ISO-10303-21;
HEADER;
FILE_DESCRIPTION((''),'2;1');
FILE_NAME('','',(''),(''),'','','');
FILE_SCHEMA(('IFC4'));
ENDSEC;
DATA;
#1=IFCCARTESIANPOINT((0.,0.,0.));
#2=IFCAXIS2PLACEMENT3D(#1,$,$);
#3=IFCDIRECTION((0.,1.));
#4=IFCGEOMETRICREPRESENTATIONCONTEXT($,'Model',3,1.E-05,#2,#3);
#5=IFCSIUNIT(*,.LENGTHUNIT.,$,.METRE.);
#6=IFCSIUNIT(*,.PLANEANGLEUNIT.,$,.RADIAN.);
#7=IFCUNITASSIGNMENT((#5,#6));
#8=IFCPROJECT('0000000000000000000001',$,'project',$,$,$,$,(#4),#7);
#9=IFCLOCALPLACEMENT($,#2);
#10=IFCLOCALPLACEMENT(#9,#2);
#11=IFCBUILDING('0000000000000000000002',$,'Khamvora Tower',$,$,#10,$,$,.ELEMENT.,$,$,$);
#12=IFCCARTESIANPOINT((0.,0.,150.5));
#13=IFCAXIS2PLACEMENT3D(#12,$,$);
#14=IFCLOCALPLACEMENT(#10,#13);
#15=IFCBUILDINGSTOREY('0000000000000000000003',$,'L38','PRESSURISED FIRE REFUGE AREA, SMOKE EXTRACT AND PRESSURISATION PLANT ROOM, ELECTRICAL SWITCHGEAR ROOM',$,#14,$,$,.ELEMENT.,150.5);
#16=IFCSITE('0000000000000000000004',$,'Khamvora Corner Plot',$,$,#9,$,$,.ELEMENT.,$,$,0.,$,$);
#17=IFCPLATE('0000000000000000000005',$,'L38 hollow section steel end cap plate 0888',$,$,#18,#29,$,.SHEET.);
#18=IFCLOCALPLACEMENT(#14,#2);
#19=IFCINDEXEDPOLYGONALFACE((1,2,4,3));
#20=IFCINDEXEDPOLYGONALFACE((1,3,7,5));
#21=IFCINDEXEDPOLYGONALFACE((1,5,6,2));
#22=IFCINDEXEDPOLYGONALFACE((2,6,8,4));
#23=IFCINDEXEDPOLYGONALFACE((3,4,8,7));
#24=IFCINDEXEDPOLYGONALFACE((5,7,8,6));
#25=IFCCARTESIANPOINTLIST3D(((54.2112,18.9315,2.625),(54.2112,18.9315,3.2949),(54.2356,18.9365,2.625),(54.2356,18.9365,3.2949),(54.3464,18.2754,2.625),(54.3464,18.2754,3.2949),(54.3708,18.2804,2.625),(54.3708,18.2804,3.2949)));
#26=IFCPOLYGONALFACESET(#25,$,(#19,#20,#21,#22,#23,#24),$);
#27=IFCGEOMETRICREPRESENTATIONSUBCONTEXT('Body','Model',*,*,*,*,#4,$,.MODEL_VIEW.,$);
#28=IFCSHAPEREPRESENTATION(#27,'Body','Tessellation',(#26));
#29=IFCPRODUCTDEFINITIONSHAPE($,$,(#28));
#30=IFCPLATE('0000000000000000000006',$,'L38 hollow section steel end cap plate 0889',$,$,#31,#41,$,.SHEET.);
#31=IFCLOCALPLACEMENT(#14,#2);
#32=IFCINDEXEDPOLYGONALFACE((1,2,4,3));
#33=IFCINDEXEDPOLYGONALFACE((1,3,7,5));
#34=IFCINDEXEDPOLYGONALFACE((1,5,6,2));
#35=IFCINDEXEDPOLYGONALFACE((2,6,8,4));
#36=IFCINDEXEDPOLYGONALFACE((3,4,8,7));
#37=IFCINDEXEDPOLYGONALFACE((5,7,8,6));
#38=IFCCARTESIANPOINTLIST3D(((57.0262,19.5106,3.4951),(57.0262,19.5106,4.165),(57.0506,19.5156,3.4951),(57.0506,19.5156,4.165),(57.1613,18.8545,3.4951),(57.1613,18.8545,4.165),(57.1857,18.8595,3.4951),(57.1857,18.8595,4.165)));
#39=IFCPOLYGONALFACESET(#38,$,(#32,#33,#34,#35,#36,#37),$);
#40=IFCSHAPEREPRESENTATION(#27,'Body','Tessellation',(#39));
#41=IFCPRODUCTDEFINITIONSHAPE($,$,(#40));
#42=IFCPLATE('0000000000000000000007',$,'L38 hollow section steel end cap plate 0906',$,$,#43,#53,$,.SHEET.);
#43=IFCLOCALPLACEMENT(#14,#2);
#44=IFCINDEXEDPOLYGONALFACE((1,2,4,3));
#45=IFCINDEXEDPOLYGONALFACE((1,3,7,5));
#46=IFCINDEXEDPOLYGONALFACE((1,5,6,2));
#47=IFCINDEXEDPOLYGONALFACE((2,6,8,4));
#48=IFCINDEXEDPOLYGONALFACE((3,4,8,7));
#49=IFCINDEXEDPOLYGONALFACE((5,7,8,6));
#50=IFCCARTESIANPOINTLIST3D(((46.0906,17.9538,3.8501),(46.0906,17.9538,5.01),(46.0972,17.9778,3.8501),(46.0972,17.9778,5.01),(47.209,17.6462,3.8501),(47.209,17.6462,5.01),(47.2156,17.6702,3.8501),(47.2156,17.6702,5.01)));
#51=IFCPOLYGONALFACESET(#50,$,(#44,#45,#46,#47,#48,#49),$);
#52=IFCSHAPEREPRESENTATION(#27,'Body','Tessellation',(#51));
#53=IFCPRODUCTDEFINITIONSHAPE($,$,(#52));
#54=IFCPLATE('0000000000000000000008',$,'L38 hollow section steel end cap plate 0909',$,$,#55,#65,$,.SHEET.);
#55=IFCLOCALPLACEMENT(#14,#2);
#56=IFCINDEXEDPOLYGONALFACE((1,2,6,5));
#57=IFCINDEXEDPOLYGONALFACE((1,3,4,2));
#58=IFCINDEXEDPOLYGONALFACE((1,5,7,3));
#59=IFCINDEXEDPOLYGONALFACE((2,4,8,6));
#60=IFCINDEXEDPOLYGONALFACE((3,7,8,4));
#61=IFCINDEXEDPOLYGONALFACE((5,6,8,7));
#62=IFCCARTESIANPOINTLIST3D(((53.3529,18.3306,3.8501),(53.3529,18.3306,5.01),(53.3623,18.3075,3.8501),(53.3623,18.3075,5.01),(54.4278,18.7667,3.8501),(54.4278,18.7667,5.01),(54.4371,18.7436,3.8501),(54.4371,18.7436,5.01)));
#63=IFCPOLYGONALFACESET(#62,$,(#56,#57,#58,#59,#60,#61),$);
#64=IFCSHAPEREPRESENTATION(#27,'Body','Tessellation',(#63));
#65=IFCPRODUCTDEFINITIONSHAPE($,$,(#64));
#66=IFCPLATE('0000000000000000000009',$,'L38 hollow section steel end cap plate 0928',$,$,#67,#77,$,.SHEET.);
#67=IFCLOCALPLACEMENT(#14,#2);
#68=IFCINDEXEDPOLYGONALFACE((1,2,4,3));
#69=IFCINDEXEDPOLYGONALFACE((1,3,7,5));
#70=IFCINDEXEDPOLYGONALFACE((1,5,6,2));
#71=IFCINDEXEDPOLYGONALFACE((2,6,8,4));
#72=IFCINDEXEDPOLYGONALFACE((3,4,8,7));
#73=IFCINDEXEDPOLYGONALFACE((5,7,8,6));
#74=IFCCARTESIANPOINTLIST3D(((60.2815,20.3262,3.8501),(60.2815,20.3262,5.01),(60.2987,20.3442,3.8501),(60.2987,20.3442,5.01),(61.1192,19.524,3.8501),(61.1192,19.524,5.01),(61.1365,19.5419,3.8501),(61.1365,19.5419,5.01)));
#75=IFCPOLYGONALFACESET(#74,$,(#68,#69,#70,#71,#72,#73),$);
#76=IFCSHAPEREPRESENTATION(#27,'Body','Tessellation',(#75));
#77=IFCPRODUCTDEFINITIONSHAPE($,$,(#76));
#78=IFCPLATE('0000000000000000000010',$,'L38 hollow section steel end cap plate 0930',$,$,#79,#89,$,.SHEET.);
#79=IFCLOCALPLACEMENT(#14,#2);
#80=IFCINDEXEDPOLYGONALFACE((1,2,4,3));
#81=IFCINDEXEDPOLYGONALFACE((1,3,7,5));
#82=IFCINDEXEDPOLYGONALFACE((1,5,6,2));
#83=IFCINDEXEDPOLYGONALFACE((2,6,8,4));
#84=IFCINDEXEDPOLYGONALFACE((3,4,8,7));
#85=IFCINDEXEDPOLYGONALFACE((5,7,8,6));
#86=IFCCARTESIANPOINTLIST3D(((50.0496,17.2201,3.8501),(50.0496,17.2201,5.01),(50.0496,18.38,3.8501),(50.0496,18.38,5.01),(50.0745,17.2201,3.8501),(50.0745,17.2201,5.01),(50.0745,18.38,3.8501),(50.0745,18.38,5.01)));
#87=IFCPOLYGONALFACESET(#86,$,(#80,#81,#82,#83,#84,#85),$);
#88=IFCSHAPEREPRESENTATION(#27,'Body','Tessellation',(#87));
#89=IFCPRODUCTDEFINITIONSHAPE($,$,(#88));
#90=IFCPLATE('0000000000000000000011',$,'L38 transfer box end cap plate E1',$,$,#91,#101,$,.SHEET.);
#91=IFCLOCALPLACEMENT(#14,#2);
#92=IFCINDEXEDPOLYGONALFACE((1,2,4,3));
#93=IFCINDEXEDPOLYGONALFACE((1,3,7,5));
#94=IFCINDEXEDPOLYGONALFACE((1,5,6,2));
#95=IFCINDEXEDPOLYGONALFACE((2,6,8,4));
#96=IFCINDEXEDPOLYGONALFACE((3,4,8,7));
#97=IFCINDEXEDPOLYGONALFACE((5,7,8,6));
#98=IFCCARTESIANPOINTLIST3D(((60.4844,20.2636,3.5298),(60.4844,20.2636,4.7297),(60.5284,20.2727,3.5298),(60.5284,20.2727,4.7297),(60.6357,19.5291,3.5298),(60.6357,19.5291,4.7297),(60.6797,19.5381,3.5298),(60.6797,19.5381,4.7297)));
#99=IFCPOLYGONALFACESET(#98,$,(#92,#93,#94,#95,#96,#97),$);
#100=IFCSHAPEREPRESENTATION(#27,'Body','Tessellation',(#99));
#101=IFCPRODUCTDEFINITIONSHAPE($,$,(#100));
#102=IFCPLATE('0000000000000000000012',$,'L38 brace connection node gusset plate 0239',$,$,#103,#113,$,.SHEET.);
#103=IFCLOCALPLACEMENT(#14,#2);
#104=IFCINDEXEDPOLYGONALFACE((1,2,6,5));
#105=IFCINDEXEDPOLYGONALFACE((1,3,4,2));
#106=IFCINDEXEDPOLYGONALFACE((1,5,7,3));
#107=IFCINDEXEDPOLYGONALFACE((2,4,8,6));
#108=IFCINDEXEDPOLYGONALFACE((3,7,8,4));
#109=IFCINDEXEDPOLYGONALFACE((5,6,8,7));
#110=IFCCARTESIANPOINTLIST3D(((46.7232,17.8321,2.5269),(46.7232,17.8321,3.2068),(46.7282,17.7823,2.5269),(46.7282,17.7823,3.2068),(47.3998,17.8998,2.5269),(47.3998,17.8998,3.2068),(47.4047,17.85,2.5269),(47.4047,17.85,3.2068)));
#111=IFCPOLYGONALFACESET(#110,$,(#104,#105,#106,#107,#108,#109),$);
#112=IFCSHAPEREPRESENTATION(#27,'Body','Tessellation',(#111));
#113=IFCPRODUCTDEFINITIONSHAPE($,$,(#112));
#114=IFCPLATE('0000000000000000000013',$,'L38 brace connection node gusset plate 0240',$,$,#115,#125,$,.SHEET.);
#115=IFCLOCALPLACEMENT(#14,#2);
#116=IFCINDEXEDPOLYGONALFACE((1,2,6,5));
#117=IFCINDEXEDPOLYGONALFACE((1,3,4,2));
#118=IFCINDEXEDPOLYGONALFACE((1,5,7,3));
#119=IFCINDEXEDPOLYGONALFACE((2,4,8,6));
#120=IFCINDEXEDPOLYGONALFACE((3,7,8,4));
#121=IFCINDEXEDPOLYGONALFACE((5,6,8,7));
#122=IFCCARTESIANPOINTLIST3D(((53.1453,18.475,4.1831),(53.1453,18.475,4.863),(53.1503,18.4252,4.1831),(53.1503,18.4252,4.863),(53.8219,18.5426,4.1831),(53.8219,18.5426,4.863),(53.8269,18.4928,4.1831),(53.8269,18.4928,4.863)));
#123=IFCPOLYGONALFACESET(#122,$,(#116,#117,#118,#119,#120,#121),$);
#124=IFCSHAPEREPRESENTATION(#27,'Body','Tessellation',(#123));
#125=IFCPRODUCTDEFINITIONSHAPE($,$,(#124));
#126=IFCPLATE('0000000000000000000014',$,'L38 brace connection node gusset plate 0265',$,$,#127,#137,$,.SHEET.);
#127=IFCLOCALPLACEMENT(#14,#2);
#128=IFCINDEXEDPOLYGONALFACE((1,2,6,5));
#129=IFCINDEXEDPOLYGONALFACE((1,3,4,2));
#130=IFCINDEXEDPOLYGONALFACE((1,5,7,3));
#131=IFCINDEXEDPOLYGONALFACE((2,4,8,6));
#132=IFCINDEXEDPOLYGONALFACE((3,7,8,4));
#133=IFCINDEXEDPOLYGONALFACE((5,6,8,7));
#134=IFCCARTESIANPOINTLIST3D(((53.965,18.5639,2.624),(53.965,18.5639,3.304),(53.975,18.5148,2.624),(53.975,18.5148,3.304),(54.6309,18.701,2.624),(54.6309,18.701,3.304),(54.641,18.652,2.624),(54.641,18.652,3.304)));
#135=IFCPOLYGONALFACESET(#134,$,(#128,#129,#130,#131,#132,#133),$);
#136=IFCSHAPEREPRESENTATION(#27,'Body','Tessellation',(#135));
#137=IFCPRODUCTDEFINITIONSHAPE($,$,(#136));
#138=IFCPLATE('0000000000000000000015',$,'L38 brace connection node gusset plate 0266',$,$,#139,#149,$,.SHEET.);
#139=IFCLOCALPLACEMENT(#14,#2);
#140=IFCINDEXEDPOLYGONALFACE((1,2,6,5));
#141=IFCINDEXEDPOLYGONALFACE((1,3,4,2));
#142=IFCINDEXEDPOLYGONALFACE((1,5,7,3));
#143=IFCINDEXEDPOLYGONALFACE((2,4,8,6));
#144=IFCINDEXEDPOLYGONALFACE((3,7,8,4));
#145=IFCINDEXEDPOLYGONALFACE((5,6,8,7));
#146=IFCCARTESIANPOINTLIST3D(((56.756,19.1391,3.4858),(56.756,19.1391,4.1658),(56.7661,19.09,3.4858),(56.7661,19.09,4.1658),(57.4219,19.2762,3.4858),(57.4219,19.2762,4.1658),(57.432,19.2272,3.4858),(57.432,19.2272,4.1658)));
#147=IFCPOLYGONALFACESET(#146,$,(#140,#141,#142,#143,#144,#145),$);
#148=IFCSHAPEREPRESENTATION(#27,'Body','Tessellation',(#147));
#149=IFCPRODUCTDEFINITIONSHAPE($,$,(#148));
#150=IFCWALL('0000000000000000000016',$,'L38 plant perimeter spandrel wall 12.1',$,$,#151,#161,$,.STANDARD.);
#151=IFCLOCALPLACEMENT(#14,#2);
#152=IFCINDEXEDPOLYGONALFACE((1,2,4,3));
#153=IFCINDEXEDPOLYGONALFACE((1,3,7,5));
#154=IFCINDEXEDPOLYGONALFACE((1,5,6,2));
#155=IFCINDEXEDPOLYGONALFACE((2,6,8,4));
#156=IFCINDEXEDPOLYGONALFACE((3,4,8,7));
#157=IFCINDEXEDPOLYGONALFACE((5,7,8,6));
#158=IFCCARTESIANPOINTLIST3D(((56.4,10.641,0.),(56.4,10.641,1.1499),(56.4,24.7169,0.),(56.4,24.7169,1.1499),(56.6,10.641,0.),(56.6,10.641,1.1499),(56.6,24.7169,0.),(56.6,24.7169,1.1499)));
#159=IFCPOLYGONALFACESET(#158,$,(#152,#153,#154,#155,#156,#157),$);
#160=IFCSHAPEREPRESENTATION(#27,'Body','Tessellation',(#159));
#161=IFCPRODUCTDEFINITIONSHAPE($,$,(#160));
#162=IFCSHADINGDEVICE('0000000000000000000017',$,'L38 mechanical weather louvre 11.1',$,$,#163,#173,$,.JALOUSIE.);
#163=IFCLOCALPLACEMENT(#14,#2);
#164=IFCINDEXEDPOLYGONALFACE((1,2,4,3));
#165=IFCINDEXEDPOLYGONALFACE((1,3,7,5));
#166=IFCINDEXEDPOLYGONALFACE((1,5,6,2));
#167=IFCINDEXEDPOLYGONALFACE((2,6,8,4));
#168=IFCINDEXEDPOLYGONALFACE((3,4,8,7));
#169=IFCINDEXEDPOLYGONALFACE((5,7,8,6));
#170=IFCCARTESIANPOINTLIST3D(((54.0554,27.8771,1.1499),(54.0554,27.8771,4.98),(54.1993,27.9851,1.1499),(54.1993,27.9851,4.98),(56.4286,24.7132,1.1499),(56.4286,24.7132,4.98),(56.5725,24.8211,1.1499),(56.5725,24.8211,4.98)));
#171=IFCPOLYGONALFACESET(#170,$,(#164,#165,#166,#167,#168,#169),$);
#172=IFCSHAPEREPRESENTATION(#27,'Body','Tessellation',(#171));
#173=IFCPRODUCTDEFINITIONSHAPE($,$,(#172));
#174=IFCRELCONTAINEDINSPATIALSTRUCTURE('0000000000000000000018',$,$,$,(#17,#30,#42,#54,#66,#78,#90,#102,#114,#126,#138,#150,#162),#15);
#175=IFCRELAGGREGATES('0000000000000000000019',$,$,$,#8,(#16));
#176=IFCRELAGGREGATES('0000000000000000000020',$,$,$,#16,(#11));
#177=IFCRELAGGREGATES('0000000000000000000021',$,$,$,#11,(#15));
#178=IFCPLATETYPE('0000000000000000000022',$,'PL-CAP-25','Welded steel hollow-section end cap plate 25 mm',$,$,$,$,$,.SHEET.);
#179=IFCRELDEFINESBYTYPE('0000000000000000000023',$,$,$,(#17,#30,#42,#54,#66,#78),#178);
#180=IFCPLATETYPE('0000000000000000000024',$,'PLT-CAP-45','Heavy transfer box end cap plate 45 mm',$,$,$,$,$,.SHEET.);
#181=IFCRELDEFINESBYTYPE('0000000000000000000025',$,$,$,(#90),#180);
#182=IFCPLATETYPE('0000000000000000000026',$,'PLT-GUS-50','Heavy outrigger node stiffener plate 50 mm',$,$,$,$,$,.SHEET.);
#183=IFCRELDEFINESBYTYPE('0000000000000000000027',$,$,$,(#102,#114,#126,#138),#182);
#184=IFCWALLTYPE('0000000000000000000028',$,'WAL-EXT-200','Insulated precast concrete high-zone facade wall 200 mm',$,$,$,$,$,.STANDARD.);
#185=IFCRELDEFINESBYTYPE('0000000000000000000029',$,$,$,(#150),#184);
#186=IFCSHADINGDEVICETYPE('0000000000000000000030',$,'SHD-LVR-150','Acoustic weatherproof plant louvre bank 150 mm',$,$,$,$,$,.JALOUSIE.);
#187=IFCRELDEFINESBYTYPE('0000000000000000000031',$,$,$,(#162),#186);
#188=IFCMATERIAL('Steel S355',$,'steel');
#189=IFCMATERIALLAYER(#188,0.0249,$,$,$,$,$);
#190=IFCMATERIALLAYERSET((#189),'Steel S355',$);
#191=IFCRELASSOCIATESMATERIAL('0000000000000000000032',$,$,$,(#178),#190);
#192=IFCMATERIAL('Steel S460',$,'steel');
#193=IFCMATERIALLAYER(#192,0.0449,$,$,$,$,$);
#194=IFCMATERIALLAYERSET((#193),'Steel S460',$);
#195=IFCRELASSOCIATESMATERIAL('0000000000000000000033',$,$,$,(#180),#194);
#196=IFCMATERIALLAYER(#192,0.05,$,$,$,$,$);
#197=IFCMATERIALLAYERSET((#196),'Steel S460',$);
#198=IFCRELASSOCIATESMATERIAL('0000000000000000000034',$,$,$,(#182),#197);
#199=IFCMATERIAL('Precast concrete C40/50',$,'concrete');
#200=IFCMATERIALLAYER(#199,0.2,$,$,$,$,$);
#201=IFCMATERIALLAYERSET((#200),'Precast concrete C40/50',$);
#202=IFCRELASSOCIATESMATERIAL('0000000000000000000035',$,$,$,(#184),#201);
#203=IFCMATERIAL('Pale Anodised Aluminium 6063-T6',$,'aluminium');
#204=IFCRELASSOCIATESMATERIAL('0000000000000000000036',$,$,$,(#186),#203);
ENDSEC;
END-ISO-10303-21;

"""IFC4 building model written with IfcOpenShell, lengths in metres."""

from ifc_helpers import new_model, si_unit, direction, frame, frame_2d, origin, origin_2d, place, context, subcontext, project, spatial, rectangle, extrude, material, layer, layer_set, type_object, element, save


model = new_model("IFC4")

# Units and contexts
model_context = context("Model", 3, precision=1e-05, world=origin(), true_north=direction((0.0, 1.0)))
body_context = subcontext(model_context, "Body", "Model", "MODEL_VIEW")
ifc_project = project(units=[si_unit("LENGTHUNIT", "METRE"), si_unit("PLANEANGLEUNIT", "RADIAN")], contexts=[model_context])

# Site, building, storey
site_placement = place(None, origin())
site = spatial("IfcSite", under=ifc_project, at=site_placement, Name="Khamvora Corner Plot", CompositionType="ELEMENT", RefElevation=0.0)
building_placement = place(site_placement, origin())
building = spatial("IfcBuilding", under=site, at=building_placement, Name="Khamvora Tower", CompositionType="ELEMENT")
storey_placement = place(building_placement, frame((0.0, 0.0, 150.5)))
storey = spatial("IfcBuildingStorey", under=building, at=storey_placement, Name="L38", Description="PRESSURISED FIRE REFUGE AREA, SMOKE EXTRACT AND PRESSURISATION PLANT ROOM, ELECTRICAL SWITCHGEAR ROOM", CompositionType="ELEMENT", Elevation=150.5)

# Shared definitions
ifc_material_1 = material(Name="Steel S355", Category="steel")

# Shared definitions
ifc_material_2 = material(Name="Steel S460", Category="steel")

# Plates
ifc_layer_1 = layer(ifc_material_1, 0.0249)
ifc_layer_set_1 = layer_set([ifc_layer_1], Name="Steel S355")
plate_type_1 = type_object("IfcPlateType", Name="PL-CAP-25", Description="Welded steel hollow-section end cap plate 25 mm", PredefinedType="SHEET", material=ifc_layer_set_1)
for number, where, z_axis, x_axis, name in (
    (1, (54.291, 18.606, 2.625), (0.0, 0.0, 1.0), (0.979431, 0.201779, 0.0), "L38 hollow section steel end cap plate 0888"),
    (2, (57.106, 19.1851, 3.4951), (0.0, 0.0, 1.0), (0.979431, 0.201779, 0.0), "L38 hollow section steel end cap plate 0889"),
):
    element("IfcPlate", number, at=place(storey_placement, frame(where, z_axis=z_axis, x_axis=x_axis)), inside=storey, type_object=plate_type_1, Name=name, PredefinedType="SHEET", context=body_context, shape_type="SweptSolid", body=[
        extrude(rectangle(XDim=0.0249, YDim=0.6699, at=origin_2d()), origin(), (0.0, 0.0, 1.0), 0.6699),
    ])
for number, where, z_axis, x_axis, name in (
    (3, (46.6531, 17.812, 3.8501), (0.0, 0.0, 1.0), (-0.26522, -0.964188, 0.0), "L38 hollow section steel end cap plate 0906"),
    (4, (53.895, 18.5371, 3.8501), (0.0, 0.0, 1.0), (0.375933, -0.926647, 0.0), "L38 hollow section steel end cap plate 0909"),
    (5, (60.709, 19.9341, 3.8501), (0.0, 0.0, 1.0), (0.691664, 0.722219, 0.0), "L38 hollow section steel end cap plate 0928"),
    (6, (50.062, 17.8, 3.8501), (0.0, 0.0, 1.0), (1.0, 0.0, 0.0), "L38 hollow section steel end cap plate 0930"),
):
    element("IfcPlate", number, at=place(storey_placement, frame(where, z_axis=z_axis, x_axis=x_axis)), inside=storey, type_object=plate_type_1, Name=name, PredefinedType="SHEET", context=body_context, shape_type="SweptSolid", body=[
        extrude(rectangle(XDim=0.0249, YDim=1.1599, at=origin_2d()), origin(), (0.0, 0.0, 1.0), 1.1599),
    ])
ifc_layer_2 = layer(ifc_material_2, 0.0449)
ifc_layer_set_2 = layer_set([ifc_layer_2], Name="Steel S460")
plate_type_2 = type_object("IfcPlateType", Name="PLT-CAP-45", Description="Heavy transfer box end cap plate 45 mm", PredefinedType="SHEET", material=ifc_layer_set_2)
plate_1_placement = place(storey_placement, frame((60.582, 19.9009, 3.5298), z_axis=(0.0, 0.0, 1.0), x_axis=(0.979457, 0.201653, 0.0)))
element("IfcPlate", 7, at=plate_1_placement, inside=storey, type_object=plate_type_2, Name="L38 transfer box end cap plate E1", PredefinedType="SHEET", context=body_context, shape_type="SweptSolid", body=[
    extrude(rectangle(XDim=0.0449, YDim=0.75, at=origin_2d()), origin(), (0.0, 0.0, 1.0), 1.2),
])
ifc_layer_3 = layer(ifc_material_2, 0.05)
ifc_layer_set_3 = layer_set([ifc_layer_3], Name="Steel S460")
plate_type_3 = type_object("IfcPlateType", Name="PLT-GUS-50", Description="Heavy outrigger node stiffener plate 50 mm", PredefinedType="SHEET", material=ifc_layer_set_3)
for number, where, z_axis, x_axis, name in (
    (8, (47.064, 17.8411, 2.5269), (0.0, 0.0, 1.0), (0.995036, 0.099511, 0.0), "L38 brace connection node gusset plate 0239"),
    (9, (53.4861, 18.4839, 4.1831), (0.0, 0.0, 1.0), (0.995036, 0.099511, 0.0), "L38 brace connection node gusset plate 0240"),
    (10, (54.303, 18.6079, 2.624), (0.0, 0.0, 1.0), (0.979456, 0.201659, 0.0), "L38 brace connection node gusset plate 0265"),
    (11, (57.094, 19.1831, 3.4858), (0.0, 0.0, 1.0), (0.979456, 0.201659, 0.0), "L38 brace connection node gusset plate 0266"),
):
    element("IfcPlate", number, at=place(storey_placement, frame(where, z_axis=z_axis, x_axis=x_axis)), inside=storey, type_object=plate_type_3, Name=name, PredefinedType="SHEET", context=body_context, shape_type="SweptSolid", body=[
        extrude(rectangle(XDim=0.6799, YDim=0.05, at=origin_2d()), origin(), (0.0, 0.0, 1.0), 0.6799),
    ])

# Wall
ifc_material_3 = material(Name="Precast concrete C40/50", Category="concrete")
ifc_layer_4 = layer(ifc_material_3, 0.2)
ifc_layer_set_4 = layer_set([ifc_layer_4], Name="Precast concrete C40/50")
wall_type = type_object("IfcWallType", Name="WAL-EXT-200", Description="Insulated precast concrete high-zone facade wall 200 mm", PredefinedType="STANDARD", material=ifc_layer_set_4)
wall_placement = place(storey_placement, frame((56.5, 24.717, 0.0), z_axis=(0.0, 0.0, 1.0), x_axis=(0.0, -1.0, 0.0)))
element("IfcWall", 12, at=wall_placement, inside=storey, type_object=wall_type, Name="L38 plant perimeter spandrel wall 12.1", PredefinedType="STANDARD", context=body_context, shape_type="SweptSolid", body=[
    extrude(rectangle(XDim=14.0759, YDim=0.2, at=frame_2d((7.0381, 0.0))), origin(), (0.0, 0.0, 1.0), 1.1499),
])

# Shading device
ifc_material_4 = material(Name="Pale Anodised Aluminium 6063-T6", Category="aluminium")
shading_device_type = type_object("IfcShadingDeviceType", Name="SHD-LVR-150", Description="Acoustic weatherproof plant louvre bank 150 mm", PredefinedType="JALOUSIE", material=ifc_material_4)
shading_device_placement = place(storey_placement, frame((55.314, 26.3491, 1.1499), z_axis=(0.0, 0.0, 1.0), x_axis=(0.60004, -0.79997, 0.0)))
element("IfcShadingDevice", 13, at=shading_device_placement, inside=storey, type_object=shading_device_type, Name="L38 mechanical weather louvre 11.1", PredefinedType="JALOUSIE", context=body_context, shape_type="SweptSolid", body=[
    extrude(rectangle(XDim=3.9551, YDim=0.1799, at=origin_2d()), origin(), (0.0, 0.0, 1.0), 3.8301),
])

save(model, "model.ifc")
